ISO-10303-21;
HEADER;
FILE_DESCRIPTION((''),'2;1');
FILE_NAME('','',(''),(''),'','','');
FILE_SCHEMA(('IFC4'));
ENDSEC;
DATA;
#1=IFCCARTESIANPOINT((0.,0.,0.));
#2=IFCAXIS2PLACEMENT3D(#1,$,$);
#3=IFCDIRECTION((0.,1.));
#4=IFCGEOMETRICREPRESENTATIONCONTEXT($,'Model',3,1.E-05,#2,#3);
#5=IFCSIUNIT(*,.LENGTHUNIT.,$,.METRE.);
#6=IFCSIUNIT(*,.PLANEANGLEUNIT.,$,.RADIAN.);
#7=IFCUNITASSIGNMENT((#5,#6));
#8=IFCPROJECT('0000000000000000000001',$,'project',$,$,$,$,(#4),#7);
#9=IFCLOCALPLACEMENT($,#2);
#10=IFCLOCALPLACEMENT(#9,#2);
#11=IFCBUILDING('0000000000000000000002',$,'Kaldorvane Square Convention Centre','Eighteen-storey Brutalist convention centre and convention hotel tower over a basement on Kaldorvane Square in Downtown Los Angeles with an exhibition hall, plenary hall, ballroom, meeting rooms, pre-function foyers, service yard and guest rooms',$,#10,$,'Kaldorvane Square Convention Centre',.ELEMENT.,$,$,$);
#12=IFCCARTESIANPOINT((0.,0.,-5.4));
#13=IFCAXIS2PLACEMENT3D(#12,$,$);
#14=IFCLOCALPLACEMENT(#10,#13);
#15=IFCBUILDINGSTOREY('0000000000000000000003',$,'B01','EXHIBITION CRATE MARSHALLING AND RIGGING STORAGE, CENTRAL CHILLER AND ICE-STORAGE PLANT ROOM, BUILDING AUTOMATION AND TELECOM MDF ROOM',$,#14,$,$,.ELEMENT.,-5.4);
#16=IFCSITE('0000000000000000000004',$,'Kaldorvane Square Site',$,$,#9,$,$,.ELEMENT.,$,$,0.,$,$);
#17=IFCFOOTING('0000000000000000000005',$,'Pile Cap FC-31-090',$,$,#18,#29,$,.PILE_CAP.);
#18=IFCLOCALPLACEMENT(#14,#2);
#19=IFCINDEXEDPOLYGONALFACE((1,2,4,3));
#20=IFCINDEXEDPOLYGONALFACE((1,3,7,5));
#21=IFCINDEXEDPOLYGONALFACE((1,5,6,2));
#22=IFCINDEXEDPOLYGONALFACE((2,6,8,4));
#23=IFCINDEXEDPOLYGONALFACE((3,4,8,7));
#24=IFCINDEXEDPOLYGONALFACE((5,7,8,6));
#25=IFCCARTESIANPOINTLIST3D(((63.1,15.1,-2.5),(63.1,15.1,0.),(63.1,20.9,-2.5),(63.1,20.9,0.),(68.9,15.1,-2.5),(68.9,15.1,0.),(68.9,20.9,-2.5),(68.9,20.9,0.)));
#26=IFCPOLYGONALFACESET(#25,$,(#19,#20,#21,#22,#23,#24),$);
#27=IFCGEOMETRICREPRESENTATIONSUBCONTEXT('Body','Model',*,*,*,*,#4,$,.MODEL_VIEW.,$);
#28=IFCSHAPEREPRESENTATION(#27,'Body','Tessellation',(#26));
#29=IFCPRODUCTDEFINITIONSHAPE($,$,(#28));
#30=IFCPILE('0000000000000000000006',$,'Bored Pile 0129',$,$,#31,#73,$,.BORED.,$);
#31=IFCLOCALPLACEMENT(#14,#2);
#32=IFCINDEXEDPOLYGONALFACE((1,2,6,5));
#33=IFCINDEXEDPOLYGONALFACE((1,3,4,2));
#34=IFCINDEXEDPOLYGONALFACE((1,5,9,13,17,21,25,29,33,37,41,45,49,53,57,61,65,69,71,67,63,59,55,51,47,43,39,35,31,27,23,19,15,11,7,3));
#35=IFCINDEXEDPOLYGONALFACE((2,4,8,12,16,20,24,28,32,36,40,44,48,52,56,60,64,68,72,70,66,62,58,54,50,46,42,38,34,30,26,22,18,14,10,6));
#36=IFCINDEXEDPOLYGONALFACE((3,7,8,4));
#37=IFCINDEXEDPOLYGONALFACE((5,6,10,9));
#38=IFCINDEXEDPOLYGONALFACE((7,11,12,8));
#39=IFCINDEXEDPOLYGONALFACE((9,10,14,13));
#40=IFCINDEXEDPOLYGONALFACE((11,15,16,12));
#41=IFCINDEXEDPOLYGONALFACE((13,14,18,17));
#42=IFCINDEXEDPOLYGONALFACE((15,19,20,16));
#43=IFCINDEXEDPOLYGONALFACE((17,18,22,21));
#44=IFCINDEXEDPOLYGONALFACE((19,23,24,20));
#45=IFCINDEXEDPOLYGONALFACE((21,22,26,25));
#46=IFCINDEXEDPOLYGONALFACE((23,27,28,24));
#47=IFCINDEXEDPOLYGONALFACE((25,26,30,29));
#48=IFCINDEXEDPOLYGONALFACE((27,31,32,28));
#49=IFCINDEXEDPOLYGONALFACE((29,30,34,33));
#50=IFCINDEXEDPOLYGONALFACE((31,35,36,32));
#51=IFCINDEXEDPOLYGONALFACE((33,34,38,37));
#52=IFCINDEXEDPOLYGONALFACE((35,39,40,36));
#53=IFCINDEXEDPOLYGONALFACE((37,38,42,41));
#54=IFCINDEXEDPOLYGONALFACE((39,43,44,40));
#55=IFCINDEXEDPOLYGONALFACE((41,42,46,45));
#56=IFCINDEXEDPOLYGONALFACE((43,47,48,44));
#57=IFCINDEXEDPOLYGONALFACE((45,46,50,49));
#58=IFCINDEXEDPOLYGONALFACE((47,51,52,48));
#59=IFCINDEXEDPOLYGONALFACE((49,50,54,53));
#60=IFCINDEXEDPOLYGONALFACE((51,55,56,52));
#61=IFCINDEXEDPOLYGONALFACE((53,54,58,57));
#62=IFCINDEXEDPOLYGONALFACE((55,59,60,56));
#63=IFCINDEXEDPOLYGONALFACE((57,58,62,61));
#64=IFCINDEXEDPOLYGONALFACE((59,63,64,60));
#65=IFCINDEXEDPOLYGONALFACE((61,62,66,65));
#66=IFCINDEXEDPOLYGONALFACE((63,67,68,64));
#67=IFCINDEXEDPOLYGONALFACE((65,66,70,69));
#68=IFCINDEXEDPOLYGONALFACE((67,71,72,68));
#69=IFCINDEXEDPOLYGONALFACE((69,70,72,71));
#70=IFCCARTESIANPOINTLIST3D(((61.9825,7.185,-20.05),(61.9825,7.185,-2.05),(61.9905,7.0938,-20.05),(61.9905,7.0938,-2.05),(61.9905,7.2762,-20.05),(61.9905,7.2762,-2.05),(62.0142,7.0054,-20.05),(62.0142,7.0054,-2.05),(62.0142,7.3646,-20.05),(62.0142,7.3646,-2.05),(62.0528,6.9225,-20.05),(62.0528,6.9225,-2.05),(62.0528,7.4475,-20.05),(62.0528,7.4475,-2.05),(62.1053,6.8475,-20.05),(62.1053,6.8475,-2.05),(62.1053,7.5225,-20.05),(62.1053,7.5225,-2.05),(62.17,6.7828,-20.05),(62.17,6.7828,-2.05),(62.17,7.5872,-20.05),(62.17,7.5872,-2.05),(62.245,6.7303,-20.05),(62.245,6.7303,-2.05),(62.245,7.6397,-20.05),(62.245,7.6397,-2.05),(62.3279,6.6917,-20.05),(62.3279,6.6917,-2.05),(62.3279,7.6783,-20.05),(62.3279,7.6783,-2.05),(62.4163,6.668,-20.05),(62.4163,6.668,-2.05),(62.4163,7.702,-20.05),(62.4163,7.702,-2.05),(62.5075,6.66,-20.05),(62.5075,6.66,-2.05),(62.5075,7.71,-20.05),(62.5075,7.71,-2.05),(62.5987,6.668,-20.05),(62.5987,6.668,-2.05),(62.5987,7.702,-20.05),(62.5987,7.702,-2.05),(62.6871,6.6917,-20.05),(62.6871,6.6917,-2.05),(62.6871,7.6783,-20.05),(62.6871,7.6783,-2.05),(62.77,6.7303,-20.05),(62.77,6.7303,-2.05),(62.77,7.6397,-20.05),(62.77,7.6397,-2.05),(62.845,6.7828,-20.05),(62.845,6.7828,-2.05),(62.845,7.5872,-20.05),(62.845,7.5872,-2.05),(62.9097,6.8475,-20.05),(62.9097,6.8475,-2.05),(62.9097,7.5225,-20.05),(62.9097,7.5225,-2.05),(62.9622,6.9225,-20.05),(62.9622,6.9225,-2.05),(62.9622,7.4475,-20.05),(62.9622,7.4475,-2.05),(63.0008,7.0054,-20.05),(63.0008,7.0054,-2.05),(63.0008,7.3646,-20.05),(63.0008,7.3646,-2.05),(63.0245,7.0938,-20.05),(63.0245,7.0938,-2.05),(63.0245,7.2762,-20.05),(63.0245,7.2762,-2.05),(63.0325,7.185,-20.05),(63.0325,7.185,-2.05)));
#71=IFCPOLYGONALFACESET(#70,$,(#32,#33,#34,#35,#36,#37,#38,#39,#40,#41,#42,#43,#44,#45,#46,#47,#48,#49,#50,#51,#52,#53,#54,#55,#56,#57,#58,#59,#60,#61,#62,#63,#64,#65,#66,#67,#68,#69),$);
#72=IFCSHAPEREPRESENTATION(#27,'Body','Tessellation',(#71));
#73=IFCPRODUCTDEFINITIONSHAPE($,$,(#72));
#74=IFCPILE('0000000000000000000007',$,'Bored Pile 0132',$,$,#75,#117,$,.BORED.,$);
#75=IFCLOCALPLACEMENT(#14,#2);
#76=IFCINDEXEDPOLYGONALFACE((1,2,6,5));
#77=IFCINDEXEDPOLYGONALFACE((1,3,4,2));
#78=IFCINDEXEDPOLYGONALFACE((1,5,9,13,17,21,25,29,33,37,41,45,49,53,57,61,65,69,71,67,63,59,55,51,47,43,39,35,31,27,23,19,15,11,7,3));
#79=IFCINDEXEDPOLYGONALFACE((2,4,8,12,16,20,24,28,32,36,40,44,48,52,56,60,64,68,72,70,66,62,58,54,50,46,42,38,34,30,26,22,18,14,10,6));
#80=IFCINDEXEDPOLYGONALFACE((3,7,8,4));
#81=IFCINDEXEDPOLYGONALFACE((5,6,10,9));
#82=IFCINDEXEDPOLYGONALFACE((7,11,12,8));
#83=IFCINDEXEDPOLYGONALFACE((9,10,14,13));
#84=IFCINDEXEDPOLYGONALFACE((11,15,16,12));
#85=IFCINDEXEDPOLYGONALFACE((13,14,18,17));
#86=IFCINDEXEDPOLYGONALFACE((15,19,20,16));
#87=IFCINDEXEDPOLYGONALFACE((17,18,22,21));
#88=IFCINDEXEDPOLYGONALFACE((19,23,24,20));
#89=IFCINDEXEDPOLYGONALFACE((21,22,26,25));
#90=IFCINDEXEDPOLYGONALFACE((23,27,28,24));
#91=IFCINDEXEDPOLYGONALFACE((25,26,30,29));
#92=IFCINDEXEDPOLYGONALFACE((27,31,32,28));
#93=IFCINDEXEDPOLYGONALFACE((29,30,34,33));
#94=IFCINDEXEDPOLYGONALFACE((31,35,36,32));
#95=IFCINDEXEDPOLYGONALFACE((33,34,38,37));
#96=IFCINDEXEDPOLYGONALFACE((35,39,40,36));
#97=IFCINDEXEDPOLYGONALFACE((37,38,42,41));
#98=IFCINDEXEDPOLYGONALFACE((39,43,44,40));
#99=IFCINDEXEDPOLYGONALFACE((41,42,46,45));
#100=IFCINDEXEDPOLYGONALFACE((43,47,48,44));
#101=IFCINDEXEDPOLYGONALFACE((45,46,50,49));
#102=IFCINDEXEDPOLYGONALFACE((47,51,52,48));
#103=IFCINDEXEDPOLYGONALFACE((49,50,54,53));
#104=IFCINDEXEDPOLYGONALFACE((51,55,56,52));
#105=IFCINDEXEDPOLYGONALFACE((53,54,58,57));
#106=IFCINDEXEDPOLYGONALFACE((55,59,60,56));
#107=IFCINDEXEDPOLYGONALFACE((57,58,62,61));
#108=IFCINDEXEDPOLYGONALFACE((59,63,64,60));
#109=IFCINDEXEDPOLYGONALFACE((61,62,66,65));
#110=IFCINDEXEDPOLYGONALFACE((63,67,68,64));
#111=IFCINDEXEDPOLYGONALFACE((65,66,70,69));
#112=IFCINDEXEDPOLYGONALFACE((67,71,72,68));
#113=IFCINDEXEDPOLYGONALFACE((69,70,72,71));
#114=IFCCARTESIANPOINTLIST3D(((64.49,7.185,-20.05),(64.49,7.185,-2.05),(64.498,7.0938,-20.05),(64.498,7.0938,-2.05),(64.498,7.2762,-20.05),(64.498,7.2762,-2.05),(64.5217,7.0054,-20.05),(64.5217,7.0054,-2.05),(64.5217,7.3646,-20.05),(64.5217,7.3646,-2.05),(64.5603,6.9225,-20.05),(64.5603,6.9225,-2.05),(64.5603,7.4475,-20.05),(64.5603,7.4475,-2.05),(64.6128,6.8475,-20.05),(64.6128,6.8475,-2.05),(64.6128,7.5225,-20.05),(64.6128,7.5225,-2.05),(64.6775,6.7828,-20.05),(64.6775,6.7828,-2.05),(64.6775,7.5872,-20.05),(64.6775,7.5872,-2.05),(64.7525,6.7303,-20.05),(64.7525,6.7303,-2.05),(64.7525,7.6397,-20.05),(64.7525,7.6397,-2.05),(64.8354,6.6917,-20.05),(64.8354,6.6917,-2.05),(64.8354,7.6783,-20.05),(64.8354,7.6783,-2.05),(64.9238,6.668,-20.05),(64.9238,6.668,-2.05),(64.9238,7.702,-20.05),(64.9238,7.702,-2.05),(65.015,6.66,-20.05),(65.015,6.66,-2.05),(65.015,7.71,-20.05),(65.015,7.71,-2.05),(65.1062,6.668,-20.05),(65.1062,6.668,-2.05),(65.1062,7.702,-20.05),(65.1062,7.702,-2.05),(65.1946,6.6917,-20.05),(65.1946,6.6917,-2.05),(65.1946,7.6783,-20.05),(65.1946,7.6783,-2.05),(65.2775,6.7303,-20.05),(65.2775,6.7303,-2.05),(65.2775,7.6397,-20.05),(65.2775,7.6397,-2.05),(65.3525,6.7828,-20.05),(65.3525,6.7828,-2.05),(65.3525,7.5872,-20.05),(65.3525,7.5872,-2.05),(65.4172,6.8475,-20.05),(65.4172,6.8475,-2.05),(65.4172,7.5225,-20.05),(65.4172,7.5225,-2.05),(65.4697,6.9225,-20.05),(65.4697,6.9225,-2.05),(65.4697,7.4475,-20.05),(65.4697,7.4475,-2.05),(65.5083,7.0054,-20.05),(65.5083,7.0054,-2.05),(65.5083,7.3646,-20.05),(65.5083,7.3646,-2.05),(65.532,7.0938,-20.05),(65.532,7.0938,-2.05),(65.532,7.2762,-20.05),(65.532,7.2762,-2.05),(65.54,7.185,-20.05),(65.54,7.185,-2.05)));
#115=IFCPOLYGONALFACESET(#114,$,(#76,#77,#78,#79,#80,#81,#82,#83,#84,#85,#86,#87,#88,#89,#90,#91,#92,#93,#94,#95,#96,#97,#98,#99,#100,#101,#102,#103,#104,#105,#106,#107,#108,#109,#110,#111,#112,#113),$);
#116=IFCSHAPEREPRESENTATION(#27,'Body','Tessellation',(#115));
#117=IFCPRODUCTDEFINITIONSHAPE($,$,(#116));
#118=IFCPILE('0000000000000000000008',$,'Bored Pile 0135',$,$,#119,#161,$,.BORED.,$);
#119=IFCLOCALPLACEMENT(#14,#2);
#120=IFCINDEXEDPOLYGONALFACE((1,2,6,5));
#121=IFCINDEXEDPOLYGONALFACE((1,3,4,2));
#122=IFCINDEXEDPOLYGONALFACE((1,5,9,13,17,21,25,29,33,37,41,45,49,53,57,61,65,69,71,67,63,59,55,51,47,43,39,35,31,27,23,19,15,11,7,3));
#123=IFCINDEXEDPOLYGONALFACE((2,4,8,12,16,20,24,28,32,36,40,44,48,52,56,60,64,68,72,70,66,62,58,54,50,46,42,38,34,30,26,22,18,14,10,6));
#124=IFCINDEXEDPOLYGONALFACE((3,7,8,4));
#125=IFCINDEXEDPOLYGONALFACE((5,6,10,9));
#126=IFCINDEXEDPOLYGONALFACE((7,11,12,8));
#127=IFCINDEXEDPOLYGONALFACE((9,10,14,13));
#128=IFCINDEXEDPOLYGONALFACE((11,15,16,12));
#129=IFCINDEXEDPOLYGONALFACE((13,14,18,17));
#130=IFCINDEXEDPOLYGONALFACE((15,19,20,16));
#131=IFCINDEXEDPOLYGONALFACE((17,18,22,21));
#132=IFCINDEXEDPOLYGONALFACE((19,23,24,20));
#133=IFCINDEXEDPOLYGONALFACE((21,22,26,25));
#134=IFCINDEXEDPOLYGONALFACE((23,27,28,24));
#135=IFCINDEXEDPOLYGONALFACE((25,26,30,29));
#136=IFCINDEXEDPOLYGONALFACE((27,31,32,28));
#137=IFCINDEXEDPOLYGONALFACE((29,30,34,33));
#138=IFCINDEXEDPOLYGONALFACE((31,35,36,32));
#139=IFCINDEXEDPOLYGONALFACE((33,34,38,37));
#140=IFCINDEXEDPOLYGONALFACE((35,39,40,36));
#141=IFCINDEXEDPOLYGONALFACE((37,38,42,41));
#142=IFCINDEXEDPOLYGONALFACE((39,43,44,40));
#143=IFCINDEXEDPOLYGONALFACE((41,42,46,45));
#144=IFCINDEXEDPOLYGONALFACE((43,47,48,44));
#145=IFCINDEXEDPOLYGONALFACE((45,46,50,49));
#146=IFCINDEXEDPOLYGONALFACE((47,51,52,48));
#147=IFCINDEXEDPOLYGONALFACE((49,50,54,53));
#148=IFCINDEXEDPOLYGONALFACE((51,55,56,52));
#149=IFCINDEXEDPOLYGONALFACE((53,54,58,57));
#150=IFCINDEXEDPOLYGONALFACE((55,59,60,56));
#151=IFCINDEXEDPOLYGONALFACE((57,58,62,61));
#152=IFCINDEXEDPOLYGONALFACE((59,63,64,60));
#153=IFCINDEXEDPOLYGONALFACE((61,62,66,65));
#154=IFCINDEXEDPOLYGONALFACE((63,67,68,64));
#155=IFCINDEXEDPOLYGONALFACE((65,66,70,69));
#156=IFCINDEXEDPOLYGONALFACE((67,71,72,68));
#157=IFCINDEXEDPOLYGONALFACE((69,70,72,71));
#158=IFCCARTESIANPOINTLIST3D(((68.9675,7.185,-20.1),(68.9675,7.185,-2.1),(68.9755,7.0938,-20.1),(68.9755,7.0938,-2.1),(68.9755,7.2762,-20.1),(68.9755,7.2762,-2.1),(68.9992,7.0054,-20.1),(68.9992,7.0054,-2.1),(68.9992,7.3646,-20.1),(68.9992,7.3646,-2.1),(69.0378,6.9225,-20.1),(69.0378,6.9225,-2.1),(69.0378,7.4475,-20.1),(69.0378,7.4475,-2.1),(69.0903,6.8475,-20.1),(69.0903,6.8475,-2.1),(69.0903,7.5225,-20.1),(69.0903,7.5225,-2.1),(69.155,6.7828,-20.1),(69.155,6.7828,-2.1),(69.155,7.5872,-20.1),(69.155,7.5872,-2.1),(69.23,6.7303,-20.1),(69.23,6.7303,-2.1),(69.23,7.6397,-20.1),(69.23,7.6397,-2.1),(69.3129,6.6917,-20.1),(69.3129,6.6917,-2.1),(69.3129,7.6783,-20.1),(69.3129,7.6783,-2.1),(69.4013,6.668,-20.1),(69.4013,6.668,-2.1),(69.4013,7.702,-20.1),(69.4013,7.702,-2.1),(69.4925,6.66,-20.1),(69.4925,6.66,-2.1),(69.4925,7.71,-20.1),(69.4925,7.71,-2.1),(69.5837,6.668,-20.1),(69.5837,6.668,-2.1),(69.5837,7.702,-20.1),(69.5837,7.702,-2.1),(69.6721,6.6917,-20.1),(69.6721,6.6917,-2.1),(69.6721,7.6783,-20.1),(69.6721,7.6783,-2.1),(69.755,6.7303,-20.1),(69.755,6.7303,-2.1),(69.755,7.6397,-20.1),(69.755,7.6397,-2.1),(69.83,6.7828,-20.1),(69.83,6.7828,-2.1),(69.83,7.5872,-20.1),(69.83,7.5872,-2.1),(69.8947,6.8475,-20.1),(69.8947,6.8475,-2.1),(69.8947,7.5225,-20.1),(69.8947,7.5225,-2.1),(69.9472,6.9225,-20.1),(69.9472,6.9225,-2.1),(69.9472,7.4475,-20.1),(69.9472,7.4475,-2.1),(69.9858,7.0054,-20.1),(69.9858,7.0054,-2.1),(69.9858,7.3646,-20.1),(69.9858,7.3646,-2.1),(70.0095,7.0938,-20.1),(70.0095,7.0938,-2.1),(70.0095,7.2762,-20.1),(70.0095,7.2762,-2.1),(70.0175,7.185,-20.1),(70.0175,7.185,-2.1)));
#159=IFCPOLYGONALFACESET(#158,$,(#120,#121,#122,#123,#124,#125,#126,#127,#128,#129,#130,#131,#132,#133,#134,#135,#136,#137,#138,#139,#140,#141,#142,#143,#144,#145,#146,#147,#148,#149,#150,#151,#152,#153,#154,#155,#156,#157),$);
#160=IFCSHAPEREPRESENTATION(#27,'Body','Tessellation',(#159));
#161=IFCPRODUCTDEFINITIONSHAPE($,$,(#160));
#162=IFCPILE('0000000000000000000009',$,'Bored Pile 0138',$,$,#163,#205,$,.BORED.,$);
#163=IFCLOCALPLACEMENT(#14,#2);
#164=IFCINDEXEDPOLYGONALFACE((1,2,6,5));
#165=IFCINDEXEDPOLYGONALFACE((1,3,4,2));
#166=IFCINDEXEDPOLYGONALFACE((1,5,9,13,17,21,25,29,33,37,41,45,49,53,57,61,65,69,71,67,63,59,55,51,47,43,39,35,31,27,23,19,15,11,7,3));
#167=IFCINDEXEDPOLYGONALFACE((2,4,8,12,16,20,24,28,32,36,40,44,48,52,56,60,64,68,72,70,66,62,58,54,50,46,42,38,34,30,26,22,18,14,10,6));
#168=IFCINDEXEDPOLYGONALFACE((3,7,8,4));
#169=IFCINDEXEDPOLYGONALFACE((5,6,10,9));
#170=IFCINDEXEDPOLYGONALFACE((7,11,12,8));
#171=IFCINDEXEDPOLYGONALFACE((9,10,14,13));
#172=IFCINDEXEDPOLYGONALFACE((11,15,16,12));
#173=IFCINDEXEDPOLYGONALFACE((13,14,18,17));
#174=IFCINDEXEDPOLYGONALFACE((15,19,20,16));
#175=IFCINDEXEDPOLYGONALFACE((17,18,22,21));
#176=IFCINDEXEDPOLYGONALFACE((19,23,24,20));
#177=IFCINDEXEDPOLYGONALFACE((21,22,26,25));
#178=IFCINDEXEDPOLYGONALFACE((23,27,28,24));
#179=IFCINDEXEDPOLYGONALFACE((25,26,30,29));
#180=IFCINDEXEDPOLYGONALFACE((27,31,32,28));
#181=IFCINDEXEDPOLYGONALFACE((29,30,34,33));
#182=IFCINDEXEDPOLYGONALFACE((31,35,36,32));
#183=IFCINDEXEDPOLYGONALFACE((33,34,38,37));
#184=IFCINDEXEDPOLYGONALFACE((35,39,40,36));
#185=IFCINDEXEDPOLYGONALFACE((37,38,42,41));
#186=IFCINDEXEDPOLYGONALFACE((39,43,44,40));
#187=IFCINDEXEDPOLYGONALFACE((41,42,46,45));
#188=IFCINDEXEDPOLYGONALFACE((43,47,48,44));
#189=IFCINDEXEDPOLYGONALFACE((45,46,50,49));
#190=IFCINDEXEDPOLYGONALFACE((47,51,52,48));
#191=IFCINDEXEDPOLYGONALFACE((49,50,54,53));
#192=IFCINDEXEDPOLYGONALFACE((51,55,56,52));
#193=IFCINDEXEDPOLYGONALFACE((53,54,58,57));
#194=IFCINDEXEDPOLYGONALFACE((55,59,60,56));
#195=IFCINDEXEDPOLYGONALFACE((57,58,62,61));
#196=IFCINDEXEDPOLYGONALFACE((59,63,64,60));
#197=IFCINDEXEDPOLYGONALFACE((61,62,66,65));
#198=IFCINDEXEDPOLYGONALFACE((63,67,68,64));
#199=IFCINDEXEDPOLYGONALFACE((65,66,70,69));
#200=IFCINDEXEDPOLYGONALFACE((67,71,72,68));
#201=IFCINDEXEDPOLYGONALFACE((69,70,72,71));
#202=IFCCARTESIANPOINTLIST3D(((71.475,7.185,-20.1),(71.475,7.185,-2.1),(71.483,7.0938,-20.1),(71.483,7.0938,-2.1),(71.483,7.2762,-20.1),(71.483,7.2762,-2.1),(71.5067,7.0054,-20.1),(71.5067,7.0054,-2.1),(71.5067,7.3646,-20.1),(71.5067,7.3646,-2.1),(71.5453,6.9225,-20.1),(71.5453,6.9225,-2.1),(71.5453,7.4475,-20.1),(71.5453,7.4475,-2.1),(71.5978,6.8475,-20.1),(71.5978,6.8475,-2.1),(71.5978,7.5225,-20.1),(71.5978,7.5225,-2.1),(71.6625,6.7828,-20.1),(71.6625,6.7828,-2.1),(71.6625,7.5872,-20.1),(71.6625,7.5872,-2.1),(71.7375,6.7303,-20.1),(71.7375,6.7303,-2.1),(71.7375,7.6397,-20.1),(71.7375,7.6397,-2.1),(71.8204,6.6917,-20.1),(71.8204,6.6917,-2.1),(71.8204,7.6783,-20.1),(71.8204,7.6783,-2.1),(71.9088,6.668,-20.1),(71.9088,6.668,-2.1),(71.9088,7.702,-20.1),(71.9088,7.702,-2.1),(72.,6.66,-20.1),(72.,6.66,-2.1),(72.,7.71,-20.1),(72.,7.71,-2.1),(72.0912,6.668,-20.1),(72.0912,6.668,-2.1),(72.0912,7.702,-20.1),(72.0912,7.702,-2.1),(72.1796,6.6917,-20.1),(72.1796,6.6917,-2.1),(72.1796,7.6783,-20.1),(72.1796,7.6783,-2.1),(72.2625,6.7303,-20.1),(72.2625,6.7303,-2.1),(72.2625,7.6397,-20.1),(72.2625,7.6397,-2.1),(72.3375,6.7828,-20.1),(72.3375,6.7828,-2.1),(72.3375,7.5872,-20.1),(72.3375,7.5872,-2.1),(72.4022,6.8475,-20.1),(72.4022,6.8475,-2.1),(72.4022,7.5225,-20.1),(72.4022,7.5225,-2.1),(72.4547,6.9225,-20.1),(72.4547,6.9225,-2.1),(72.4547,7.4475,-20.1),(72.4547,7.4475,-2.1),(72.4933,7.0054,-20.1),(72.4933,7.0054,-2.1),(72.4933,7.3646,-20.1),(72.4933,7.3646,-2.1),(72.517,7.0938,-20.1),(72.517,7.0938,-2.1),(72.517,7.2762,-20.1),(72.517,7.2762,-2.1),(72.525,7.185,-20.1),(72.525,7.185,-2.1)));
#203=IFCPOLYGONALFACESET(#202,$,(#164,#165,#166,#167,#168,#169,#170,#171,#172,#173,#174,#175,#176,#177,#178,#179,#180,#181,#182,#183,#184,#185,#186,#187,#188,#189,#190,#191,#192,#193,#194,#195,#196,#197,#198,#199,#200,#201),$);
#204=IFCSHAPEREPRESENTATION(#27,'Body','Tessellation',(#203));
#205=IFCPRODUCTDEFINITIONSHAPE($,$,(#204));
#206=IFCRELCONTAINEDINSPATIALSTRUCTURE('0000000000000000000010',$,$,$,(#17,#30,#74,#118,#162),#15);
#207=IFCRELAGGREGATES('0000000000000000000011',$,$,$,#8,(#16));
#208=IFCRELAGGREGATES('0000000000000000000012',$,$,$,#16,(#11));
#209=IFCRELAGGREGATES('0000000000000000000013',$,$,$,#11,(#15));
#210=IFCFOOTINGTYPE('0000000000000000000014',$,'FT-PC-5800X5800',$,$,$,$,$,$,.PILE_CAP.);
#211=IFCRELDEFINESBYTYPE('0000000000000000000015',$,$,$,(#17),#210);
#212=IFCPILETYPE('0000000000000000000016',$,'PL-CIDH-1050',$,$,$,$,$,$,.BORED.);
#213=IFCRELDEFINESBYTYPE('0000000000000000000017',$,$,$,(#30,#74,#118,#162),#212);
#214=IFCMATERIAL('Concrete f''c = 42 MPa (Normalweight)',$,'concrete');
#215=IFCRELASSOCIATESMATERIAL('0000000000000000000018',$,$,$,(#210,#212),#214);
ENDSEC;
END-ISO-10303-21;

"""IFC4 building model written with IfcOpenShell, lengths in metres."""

from ifc_helpers import new_model, si_unit, direction, frame, origin, origin_2d, place, context, subcontext, project, spatial, rectangle, circle, extrude, material, material_profile, profile_set, type_object, element, save


model = new_model("IFC4")

# Units and contexts
model_context = context("Model", 3, precision=1e-05, world=origin(), true_north=direction((0.0, 1.0)))
body_context = subcontext(model_context, "Body", "Model", "MODEL_VIEW")
ifc_project = project(units=[si_unit("LENGTHUNIT", "METRE"), si_unit("PLANEANGLEUNIT", "RADIAN")], contexts=[model_context])

# Site, building, storey
site_placement = place(None, origin())
site = spatial("IfcSite", under=ifc_project, at=site_placement, Name="Kaldorvane Square Site", CompositionType="ELEMENT", RefElevation=0.0)
building_placement = place(site_placement, origin())
building = spatial("IfcBuilding", under=site, at=building_placement, Name="Kaldorvane Square Convention Centre", Description="Eighteen-storey Brutalist convention centre and convention hotel tower over a basement on Kaldorvane Square in Downtown Los Angeles with an exhibition hall, plenary hall, ballroom, meeting rooms, pre-function foyers, service yard and guest rooms", LongName="Kaldorvane Square Convention Centre", CompositionType="ELEMENT")
storey_placement = place(building_placement, frame((0.0, 0.0, -5.4)))
storey = spatial("IfcBuildingStorey", under=building, at=storey_placement, Name="B01", Description="EXHIBITION CRATE MARSHALLING AND RIGGING STORAGE, CENTRAL CHILLER AND ICE-STORAGE PLANT ROOM, BUILDING AUTOMATION AND TELECOM MDF ROOM", CompositionType="ELEMENT", Elevation=-5.4)

# Footing
ifc_material_1 = material(Name="Concrete f'c = 42 MPa (Normalweight)", Category="concrete")
footing_type = type_object("IfcFootingType", Name="FT-PC-5800X5800", PredefinedType="PILE_CAP", material=ifc_material_1)
footing_placement = place(storey_placement, frame((66.0, 18.0, -2.5), z_axis=(0.0, 0.0, 1.0), x_axis=(1.0, 0.0, 0.0)))
element("IfcFooting", 1, at=footing_placement, inside=storey, type_object=footing_type, Name="Pile Cap FC-31-090", PredefinedType="PILE_CAP", context=body_context, shape_type="SweptSolid", body=[
    extrude(rectangle(XDim=5.8, YDim=5.8, at=origin_2d()), origin(), (0.0, 0.0, 1.0), 2.5),
])

# Piles
ifc_material_profile_1 = material_profile(ifc_material_1, circle(Radius=0.525, at=origin_2d()), Name="PILE-D1050")
ifc_profile_set_1 = profile_set([ifc_material_profile_1], Name="Concrete f'c = 42 MPa (Normalweight)")
pile_type_1 = type_object("IfcPileType", Name="PL-CIDH-1050", PredefinedType="BORED", material=ifc_profile_set_1)
for number, where, z_axis, x_axis, name in (
    (2, (62.5075, 7.185, -2.05), (0.0, 0.0, -1.0), (1.0, 0.0, 0.0), "Bored Pile 0129"),
    (3, (65.015, 7.185, -2.05), (0.0, 0.0, -1.0), (1.0, 0.0, 0.0), "Bored Pile 0132"),
    (4, (69.4925, 7.185, -2.1), (0.0, 0.0, -1.0), (1.0, 0.0, 0.0), "Bored Pile 0135"),
    (5, (72.0, 7.185, -2.1), (0.0, 0.0, -1.0), (1.0, 0.0, 0.0), "Bored Pile 0138"),
):
    element("IfcPile", number, at=place(storey_placement, frame(where, z_axis=z_axis, x_axis=x_axis)), inside=storey, type_object=pile_type_1, Name=name, PredefinedType="BORED", context=body_context, shape_type="SweptSolid", body=[
        extrude(circle(Radius=0.525, at=origin_2d()), origin(), (0.0, 0.0, 1.0), 18.0),
    ])

save(model, "model.ifc")
